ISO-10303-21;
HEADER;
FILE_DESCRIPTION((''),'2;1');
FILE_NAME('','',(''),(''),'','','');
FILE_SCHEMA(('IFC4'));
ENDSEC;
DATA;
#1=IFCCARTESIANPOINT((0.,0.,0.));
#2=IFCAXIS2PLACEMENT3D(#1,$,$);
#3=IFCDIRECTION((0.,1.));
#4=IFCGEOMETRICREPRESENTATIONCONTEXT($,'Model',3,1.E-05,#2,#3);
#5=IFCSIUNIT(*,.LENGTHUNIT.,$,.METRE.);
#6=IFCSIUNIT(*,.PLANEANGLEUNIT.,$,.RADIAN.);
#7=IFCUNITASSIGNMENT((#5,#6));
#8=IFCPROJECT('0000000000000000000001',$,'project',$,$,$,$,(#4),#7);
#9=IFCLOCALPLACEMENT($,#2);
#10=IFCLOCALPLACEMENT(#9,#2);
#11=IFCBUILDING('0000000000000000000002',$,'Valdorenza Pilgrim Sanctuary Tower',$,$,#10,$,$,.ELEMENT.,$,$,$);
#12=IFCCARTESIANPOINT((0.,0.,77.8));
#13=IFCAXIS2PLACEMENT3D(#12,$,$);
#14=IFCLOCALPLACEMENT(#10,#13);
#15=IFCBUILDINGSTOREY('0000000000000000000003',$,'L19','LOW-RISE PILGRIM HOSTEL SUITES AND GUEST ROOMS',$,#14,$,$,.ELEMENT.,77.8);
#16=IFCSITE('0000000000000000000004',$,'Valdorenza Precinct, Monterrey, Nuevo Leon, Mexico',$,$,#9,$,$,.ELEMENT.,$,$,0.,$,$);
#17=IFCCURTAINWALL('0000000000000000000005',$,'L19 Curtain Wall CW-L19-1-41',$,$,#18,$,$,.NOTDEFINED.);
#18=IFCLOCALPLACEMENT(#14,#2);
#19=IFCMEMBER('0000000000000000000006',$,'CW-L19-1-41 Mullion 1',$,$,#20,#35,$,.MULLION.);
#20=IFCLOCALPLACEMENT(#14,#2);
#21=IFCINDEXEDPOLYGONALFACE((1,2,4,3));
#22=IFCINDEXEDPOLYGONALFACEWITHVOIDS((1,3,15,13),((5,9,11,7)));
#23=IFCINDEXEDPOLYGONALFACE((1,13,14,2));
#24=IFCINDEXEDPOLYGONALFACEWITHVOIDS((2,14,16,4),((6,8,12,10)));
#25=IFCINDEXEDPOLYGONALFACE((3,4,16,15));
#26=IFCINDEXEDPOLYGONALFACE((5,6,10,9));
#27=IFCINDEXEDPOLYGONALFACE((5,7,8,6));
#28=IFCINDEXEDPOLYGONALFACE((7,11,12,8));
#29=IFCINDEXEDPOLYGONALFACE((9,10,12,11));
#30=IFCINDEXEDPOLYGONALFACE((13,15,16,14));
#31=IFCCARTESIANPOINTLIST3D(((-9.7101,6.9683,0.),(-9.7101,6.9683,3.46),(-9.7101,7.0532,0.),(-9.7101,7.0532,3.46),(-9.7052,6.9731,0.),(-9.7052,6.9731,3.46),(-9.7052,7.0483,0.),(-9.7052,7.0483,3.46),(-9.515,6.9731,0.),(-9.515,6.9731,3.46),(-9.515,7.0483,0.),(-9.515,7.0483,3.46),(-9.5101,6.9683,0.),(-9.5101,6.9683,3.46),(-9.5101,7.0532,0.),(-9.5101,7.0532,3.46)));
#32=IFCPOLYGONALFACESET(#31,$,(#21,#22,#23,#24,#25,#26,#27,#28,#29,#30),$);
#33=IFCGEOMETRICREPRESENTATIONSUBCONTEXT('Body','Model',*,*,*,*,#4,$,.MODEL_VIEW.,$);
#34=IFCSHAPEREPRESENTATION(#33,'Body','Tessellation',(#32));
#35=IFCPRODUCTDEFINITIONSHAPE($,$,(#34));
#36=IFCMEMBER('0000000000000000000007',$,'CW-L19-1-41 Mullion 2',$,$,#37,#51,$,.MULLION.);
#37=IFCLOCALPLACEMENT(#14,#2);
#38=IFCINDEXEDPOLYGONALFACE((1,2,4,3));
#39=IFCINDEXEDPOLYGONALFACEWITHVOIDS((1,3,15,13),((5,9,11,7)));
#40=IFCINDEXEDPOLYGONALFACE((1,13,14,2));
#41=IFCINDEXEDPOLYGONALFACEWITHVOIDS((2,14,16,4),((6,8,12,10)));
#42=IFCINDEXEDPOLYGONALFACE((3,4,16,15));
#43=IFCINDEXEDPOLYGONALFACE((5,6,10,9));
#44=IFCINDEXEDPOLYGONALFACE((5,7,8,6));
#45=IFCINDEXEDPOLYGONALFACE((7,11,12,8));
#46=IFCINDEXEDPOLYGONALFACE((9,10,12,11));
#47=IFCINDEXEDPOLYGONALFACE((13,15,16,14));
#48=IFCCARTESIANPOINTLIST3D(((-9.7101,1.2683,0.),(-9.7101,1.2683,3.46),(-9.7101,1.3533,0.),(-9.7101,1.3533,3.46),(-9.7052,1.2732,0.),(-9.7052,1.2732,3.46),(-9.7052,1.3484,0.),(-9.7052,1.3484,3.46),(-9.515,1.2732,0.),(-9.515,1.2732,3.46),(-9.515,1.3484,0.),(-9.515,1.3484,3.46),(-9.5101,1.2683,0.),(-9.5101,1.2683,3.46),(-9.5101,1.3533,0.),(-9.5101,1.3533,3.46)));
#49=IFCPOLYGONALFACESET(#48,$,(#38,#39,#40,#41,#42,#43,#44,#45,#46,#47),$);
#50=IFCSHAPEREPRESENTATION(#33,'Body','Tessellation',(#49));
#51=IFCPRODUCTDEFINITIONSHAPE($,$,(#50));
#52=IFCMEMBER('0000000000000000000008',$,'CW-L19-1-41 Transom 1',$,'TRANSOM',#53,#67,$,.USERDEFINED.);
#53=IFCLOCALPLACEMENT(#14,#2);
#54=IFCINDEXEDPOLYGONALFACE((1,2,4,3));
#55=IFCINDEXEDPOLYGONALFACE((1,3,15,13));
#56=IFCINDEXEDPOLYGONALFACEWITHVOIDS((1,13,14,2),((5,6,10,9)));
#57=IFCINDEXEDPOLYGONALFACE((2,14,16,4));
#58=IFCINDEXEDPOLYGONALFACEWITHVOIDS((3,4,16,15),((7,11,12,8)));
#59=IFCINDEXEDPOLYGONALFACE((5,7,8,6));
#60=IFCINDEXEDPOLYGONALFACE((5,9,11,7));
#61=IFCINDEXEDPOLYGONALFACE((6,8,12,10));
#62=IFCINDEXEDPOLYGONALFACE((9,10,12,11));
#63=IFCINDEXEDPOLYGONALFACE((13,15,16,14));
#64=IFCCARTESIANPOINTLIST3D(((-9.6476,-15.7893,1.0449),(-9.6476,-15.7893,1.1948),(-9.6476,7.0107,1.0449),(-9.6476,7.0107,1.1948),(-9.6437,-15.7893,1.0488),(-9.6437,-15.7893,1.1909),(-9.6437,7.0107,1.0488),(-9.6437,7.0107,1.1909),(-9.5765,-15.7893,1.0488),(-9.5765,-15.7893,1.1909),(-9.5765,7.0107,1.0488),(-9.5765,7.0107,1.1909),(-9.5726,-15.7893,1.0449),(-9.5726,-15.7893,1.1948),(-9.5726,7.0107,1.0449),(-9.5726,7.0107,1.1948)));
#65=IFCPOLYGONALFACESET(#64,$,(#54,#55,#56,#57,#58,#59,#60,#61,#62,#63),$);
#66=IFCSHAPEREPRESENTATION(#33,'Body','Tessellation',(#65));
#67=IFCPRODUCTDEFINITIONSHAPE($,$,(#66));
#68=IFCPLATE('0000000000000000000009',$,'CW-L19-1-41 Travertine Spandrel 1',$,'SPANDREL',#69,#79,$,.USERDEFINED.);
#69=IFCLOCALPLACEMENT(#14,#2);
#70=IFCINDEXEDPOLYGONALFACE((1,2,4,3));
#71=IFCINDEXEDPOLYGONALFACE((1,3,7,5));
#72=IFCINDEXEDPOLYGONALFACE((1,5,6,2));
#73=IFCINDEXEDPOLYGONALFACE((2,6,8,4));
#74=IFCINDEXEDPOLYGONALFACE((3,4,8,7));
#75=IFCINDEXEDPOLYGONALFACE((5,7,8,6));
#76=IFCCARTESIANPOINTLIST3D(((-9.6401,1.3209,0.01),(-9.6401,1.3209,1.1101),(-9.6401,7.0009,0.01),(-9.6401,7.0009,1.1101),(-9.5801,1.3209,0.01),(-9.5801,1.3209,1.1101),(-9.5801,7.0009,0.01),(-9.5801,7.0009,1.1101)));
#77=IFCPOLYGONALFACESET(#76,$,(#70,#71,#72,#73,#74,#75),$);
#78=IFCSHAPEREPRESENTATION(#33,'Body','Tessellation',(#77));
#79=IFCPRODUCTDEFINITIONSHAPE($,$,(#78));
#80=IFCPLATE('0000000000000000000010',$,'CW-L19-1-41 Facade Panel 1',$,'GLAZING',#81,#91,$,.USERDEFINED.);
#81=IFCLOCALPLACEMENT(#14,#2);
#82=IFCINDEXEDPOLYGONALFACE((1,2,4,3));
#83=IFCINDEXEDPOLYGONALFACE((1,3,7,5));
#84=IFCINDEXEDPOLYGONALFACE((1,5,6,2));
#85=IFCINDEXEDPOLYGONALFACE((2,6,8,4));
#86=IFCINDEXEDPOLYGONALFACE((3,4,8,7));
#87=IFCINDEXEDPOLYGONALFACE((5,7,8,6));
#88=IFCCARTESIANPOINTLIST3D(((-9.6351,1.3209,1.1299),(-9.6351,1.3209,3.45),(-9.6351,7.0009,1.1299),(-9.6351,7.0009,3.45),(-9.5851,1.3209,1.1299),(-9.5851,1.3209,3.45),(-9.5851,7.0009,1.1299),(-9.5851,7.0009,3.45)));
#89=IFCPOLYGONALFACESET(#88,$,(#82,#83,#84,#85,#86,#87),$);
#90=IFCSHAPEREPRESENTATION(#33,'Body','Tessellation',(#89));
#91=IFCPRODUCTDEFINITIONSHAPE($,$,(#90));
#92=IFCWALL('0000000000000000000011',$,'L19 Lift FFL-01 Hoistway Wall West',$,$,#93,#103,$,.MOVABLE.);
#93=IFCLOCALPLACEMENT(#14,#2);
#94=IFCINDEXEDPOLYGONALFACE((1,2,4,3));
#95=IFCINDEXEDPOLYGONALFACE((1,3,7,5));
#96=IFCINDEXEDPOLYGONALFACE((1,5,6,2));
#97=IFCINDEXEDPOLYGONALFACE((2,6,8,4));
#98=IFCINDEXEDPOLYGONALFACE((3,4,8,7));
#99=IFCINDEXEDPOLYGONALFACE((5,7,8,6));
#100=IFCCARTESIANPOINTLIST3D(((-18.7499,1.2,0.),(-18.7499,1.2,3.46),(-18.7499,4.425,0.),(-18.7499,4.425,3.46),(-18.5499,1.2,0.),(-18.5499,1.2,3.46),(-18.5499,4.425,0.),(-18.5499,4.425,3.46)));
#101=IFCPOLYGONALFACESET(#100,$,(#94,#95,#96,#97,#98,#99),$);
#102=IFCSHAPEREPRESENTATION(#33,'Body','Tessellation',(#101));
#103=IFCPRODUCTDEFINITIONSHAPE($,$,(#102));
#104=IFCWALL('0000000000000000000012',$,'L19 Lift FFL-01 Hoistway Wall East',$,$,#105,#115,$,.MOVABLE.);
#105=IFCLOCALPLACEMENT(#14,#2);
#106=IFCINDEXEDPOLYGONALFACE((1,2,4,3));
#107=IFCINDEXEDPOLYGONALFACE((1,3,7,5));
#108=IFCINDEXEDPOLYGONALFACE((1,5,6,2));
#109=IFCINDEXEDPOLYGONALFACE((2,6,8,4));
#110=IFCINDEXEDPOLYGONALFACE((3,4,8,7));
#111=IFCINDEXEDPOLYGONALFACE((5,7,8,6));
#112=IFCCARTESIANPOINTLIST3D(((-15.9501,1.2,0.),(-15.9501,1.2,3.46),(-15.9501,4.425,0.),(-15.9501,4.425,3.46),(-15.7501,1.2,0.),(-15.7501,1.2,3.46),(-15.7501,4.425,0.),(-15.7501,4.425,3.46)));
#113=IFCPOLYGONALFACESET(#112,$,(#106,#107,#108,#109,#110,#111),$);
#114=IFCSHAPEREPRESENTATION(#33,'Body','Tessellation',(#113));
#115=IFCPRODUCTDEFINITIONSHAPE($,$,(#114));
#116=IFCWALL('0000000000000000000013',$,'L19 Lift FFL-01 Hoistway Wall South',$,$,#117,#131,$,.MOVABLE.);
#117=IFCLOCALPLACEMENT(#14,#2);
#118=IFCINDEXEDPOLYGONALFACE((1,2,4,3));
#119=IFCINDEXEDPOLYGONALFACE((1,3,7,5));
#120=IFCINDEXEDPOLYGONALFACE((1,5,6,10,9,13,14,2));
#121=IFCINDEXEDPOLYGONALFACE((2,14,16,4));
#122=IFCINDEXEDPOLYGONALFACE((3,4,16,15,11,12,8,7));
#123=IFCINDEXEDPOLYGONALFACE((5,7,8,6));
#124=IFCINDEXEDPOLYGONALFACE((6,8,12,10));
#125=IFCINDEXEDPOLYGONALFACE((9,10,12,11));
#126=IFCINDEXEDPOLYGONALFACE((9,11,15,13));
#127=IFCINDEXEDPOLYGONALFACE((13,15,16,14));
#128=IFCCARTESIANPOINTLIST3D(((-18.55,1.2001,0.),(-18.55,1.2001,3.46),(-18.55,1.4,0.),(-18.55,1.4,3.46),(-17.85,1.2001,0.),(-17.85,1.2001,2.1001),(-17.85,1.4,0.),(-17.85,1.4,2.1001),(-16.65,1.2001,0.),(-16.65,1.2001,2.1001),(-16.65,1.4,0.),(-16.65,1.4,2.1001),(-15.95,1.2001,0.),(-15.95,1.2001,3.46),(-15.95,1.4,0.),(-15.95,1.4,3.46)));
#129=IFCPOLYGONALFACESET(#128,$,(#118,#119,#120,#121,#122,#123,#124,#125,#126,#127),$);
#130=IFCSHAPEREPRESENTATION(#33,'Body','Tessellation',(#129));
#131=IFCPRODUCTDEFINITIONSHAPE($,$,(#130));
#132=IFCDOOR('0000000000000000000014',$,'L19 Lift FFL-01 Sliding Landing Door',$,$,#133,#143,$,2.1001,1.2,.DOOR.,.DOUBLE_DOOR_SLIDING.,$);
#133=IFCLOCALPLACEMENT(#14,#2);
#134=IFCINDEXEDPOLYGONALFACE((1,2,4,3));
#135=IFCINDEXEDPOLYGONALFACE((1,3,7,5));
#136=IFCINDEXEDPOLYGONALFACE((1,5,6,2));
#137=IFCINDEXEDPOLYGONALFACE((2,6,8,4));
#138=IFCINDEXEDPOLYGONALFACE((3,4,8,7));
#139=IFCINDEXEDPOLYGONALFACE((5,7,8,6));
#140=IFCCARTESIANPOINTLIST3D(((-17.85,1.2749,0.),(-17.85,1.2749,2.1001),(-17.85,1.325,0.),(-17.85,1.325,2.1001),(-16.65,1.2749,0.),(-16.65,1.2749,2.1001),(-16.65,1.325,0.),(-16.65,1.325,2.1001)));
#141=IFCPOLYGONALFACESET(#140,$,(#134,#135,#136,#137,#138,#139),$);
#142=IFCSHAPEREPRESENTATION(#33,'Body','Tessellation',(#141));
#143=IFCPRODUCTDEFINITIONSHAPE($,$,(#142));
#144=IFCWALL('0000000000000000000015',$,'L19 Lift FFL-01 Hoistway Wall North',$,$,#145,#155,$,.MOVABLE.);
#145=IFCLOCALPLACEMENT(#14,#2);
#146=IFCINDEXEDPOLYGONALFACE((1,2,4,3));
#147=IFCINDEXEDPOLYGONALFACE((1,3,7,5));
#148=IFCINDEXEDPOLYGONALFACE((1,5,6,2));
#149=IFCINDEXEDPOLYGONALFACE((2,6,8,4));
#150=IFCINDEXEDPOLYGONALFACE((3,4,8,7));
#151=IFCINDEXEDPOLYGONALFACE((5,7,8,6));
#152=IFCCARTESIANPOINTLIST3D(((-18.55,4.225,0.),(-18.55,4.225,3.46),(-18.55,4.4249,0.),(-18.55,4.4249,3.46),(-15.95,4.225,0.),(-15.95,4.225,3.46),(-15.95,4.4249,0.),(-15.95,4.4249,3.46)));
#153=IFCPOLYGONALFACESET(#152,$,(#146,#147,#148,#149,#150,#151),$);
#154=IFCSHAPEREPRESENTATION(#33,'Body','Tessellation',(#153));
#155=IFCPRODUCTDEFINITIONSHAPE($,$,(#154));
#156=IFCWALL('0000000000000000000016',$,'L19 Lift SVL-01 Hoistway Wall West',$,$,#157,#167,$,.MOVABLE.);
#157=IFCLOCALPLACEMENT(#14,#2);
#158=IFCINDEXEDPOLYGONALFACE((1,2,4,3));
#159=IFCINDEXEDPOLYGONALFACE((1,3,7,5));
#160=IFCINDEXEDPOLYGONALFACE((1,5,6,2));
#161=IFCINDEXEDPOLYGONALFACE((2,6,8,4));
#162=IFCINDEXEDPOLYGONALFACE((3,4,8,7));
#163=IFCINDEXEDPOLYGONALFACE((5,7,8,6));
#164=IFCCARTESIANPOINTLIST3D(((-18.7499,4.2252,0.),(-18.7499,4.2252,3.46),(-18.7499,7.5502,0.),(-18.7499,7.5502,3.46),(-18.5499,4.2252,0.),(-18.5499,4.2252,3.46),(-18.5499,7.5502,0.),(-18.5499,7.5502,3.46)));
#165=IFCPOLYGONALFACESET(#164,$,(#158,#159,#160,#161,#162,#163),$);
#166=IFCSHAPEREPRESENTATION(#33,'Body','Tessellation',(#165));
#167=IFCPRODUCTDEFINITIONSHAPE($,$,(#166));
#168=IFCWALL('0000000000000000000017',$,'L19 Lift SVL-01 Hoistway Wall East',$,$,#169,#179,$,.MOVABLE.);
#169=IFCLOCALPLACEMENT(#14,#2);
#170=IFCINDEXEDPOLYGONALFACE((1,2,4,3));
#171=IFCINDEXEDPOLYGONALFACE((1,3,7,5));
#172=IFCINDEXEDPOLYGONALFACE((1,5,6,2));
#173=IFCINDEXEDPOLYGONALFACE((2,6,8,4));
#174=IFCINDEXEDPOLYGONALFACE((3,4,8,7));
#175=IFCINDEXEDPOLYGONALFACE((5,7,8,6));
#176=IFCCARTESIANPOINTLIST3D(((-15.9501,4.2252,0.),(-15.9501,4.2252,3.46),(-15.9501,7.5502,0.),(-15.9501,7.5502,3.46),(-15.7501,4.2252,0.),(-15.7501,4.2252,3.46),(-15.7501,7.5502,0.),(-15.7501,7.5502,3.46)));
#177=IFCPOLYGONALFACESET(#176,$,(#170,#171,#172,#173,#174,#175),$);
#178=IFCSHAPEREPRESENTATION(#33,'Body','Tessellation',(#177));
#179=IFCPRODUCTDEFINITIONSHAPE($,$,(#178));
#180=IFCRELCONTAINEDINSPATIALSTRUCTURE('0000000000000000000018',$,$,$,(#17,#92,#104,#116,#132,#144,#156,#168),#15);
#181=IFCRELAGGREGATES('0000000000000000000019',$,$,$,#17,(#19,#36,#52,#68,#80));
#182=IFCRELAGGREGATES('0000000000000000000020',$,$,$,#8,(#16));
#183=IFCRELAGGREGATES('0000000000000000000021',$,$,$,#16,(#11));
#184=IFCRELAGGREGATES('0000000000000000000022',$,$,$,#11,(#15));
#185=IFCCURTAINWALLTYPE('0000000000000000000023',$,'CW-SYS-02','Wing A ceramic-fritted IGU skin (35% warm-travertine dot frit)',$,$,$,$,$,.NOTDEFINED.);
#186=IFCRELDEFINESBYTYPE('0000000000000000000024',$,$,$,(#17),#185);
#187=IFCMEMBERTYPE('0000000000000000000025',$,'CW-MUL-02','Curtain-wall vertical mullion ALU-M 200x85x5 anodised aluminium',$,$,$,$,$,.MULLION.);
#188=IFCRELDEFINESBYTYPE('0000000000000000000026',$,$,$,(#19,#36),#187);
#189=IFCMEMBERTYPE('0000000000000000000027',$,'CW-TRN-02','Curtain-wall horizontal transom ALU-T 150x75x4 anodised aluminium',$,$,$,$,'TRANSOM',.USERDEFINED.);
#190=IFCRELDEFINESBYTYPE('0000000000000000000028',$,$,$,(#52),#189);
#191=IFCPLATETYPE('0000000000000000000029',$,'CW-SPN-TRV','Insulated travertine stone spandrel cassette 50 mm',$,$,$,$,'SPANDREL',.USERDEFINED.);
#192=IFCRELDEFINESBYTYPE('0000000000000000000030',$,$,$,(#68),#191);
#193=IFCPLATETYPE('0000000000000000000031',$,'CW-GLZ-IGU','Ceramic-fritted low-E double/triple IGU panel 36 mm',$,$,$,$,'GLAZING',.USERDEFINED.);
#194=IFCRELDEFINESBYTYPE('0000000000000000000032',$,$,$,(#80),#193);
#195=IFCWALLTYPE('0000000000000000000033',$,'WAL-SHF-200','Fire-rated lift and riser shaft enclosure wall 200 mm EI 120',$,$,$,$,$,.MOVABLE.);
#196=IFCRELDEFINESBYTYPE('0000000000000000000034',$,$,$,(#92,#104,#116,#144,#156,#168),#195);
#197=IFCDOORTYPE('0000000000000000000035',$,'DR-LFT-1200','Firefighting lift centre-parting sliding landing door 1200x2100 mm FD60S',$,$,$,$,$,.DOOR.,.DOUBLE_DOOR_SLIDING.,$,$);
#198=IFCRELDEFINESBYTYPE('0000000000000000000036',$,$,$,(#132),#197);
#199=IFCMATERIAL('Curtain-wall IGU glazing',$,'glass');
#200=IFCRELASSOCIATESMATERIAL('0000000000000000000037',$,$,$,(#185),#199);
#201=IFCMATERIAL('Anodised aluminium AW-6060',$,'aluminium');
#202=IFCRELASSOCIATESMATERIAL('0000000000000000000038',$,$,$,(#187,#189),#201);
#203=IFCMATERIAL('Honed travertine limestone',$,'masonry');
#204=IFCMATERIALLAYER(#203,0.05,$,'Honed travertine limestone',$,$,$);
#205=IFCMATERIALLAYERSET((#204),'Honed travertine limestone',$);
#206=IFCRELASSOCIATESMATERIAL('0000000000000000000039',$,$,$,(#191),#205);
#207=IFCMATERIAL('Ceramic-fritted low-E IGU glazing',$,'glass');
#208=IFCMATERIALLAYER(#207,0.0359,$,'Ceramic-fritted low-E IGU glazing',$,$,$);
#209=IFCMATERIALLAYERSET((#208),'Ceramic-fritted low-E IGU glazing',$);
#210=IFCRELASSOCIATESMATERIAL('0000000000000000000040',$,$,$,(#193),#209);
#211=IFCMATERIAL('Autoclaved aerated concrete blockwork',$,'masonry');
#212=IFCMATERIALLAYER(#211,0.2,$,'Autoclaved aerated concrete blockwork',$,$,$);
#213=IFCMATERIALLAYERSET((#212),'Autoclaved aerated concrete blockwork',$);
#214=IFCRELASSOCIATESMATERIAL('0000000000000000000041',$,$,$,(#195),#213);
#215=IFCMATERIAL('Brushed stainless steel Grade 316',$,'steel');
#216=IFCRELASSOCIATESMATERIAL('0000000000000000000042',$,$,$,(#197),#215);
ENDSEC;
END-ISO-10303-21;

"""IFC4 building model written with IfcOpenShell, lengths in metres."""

from ifc_helpers import new_model, si_unit, direction, frame, frame_2d, origin, origin_2d, place, context, subcontext, project, spatial, rectangle, hollow_rectangle, extrude, source, transform, mapped, material, layer, layer_set, material_profile, profile_set, type_object, element, fill, aggregate, save


model = new_model("IFC4")

# Units and contexts
model_context = context("Model", 3, precision=1e-05, world=origin(), true_north=direction((0.0, 1.0)))
body_context = subcontext(model_context, "Body", "Model", "MODEL_VIEW")
ifc_project = project(units=[si_unit("LENGTHUNIT", "METRE"), si_unit("PLANEANGLEUNIT", "RADIAN")], contexts=[model_context])

# Site, building, storey
site_placement = place(None, origin())
site = spatial("IfcSite", under=ifc_project, at=site_placement, Name="Valdorenza Precinct, Monterrey, Nuevo Leon, Mexico", CompositionType="ELEMENT", RefElevation=0.0)
building_placement = place(site_placement, origin())
building = spatial("IfcBuilding", under=site, at=building_placement, Name="Valdorenza Pilgrim Sanctuary Tower", CompositionType="ELEMENT")
storey_placement = place(building_placement, frame((0.0, 0.0, 77.8)))
storey = spatial("IfcBuildingStorey", under=building, at=storey_placement, Name="L19", Description="LOW-RISE PILGRIM HOSTEL SUITES AND GUEST ROOMS", CompositionType="ELEMENT", Elevation=77.8)

# Curtain wall, members, plates
ifc_material_1 = material(Name="Curtain-wall IGU glazing", Category="glass")
curtain_wall_type = type_object("IfcCurtainWallType", Name="CW-SYS-02", Description="Wing A ceramic-fritted IGU skin (35% warm-travertine dot frit)", PredefinedType="NOTDEFINED", material=ifc_material_1)
curtain_wall_placement = place(storey_placement, origin())
curtain_wall = element("IfcCurtainWall", 1, at=curtain_wall_placement, inside=storey, type_object=curtain_wall_type, Name="L19 Curtain Wall CW-L19-1-41", PredefinedType="NOTDEFINED")
ifc_material_2 = material(Name="Anodised aluminium AW-6060", Category="aluminium")
ifc_material_profile_1 = material_profile(ifc_material_2, hollow_rectangle(XDim=0.085, YDim=0.2, WallThickness=0.0049, at=origin_2d()), Name="ALU-M 200x85x5")
ifc_profile_set_1 = profile_set([ifc_material_profile_1], Name="Anodised aluminium AW-6060")
member_type_1 = type_object("IfcMemberType", Name="CW-MUL-02", Description="Curtain-wall vertical mullion ALU-M 200x85x5 anodised aluminium", PredefinedType="MULLION", material=ifc_profile_set_1)
shared_shape_1 = source(origin(), body_context, "Body", "SweptSolid", [
    extrude(hollow_rectangle(XDim=0.085, YDim=0.2, WallThickness=0.0049, at=origin_2d()), origin(), (0.0, 0.0, 1.0), 3.46),
])
member_1_placement = place(storey_placement, frame((-9.6101, 7.0107, 0.0), z_axis=(0.0, 0.0, 1.0), x_axis=(0.0, -1.0, 0.0)))
member_1 = element("IfcMember", 2, at=member_1_placement, type_object=member_type_1, Name="CW-L19-1-41 Mullion 1", PredefinedType="MULLION", context=body_context, shape_type="MappedRepresentation", body=[
    mapped(shared_shape_1, transform((0.0, 0.0, 0.0), x_axis=(1.0, 0.0, 0.0), y_axis=(0.0, 1.0, 0.0), z_axis=(0.0, 0.0, 1.0), scale=1.0)),
])
member_2_placement = place(storey_placement, frame((-9.6101, 1.3108, 0.0), z_axis=(0.0, 0.0, 1.0), x_axis=(0.0, -1.0, 0.0)))
member_2 = element("IfcMember", 3, at=member_2_placement, type_object=member_type_1, Name="CW-L19-1-41 Mullion 2", PredefinedType="MULLION", context=body_context, shape_type="MappedRepresentation", body=[
    mapped(shared_shape_1, transform((0.0, 0.0, 0.0), x_axis=(1.0, 0.0, 0.0), y_axis=(0.0, 1.0, 0.0), z_axis=(0.0, 0.0, 1.0), scale=1.0)),
])
ifc_material_profile_2 = material_profile(ifc_material_2, hollow_rectangle(XDim=0.075, YDim=0.1499, WallThickness=0.0039, at=origin_2d()), Name="ALU-T 150x75x4")
ifc_profile_set_2 = profile_set([ifc_material_profile_2], Name="Anodised aluminium AW-6060")
member_type_2 = type_object("IfcMemberType", Name="CW-TRN-02", Description="Curtain-wall horizontal transom ALU-T 150x75x4 anodised aluminium", ElementType="TRANSOM", PredefinedType="USERDEFINED", material=ifc_profile_set_2)
shared_shape_2 = source(origin(), body_context, "Body", "SweptSolid", [
    extrude(hollow_rectangle(XDim=0.075, YDim=0.1499, WallThickness=0.0039, at=origin_2d()), origin(), (0.0, 0.0, 1.0), 22.8),
])
member_3_placement = place(storey_placement, frame((-9.6101, 7.0107, 1.1199), z_axis=(0.0, -1.0, 0.0), x_axis=(1.0, 0.0, 0.0)))
member_3 = element("IfcMember", 4, at=member_3_placement, type_object=member_type_2, Name="CW-L19-1-41 Transom 1", ObjectType="TRANSOM", PredefinedType="USERDEFINED", context=body_context, shape_type="MappedRepresentation", body=[
    mapped(shared_shape_2, transform((0.0, 0.0, 0.0), x_axis=(1.0, 0.0, 0.0), y_axis=(0.0, 1.0, 0.0), z_axis=(0.0, 0.0, 1.0), scale=1.0)),
])
ifc_material_3 = material(Name="Honed travertine limestone", Category="masonry")
ifc_layer_1 = layer(ifc_material_3, 0.05, Name="Honed travertine limestone")
ifc_layer_set_1 = layer_set([ifc_layer_1], Name="Honed travertine limestone")
plate_type_1 = type_object("IfcPlateType", Name="CW-SPN-TRV", Description="Insulated travertine stone spandrel cassette 50 mm", ElementType="SPANDREL", PredefinedType="USERDEFINED", material=ifc_layer_set_1)
shared_shape_3 = source(origin(), body_context, "Body", "SweptSolid", [
    extrude(rectangle(XDim=5.6799, YDim=0.0601, at=origin_2d()), origin(), (0.0, 0.0, 1.0), 1.1001),
])
plate_1_placement = place(storey_placement, frame((-9.6101, 4.1609, 0.01), z_axis=(0.0, 0.0, 1.0), x_axis=(0.0, -1.0, 0.0)))
plate_1 = element("IfcPlate", 5, at=plate_1_placement, type_object=plate_type_1, Name="CW-L19-1-41 Travertine Spandrel 1", ObjectType="SPANDREL", PredefinedType="USERDEFINED", context=body_context, shape_type="MappedRepresentation", body=[
    mapped(shared_shape_3, transform((0.0, 0.0, 0.0), x_axis=(1.0, 0.0, 0.0), y_axis=(0.0, 1.0, 0.0), z_axis=(0.0, 0.0, 1.0), scale=1.0)),
])
ifc_material_4 = material(Name="Ceramic-fritted low-E IGU glazing", Category="glass")
ifc_layer_2 = layer(ifc_material_4, 0.0359, Name="Ceramic-fritted low-E IGU glazing")
ifc_layer_set_2 = layer_set([ifc_layer_2], Name="Ceramic-fritted low-E IGU glazing")
plate_type_2 = type_object("IfcPlateType", Name="CW-GLZ-IGU", Description="Ceramic-fritted low-E double/triple IGU panel 36 mm", ElementType="GLAZING", PredefinedType="USERDEFINED", material=ifc_layer_set_2)
shared_shape_4 = source(origin(), body_context, "Body", "SweptSolid", [
    extrude(rectangle(XDim=5.6799, YDim=0.05, at=origin_2d()), origin(), (0.0, 0.0, 1.0), 2.3201),
])
plate_2_placement = place(storey_placement, frame((-9.6101, 4.1609, 1.1299), z_axis=(0.0, 0.0, 1.0), x_axis=(0.0, -1.0, 0.0)))
plate_2 = element("IfcPlate", 6, at=plate_2_placement, type_object=plate_type_2, Name="CW-L19-1-41 Facade Panel 1", ObjectType="GLAZING", PredefinedType="USERDEFINED", context=body_context, shape_type="MappedRepresentation", body=[
    mapped(shared_shape_4, transform((0.0, 0.0, 0.0), x_axis=(1.0, 0.0, 0.0), y_axis=(0.0, 1.0, 0.0), z_axis=(0.0, 0.0, 1.0), scale=1.0)),
])
aggregate(curtain_wall, [member_1, member_2, member_3, plate_1, plate_2])

# Walls
ifc_material_5 = material(Name="Autoclaved aerated concrete blockwork", Category="masonry")
ifc_layer_3 = layer(ifc_material_5, 0.2, Name="Autoclaved aerated concrete blockwork")
ifc_layer_set_3 = layer_set([ifc_layer_3], Name="Autoclaved aerated concrete blockwork")
wall_type_1 = type_object("IfcWallType", Name="WAL-SHF-200", Description="Fire-rated lift and riser shaft enclosure wall 200 mm EI 120", PredefinedType="MOVABLE", material=ifc_layer_set_3)
for number, where, z_axis, x_axis, name in (
    (7, (-18.6499, 1.2, 0.0), (0.0, 0.0, 1.0), (0.0, 1.0, 0.0), "L19 Lift FFL-01 Hoistway Wall West"),
    (8, (-15.8501, 1.2, 0.0), (0.0, 0.0, 1.0), (0.0, 1.0, 0.0), "L19 Lift FFL-01 Hoistway Wall East"),
):
    element("IfcWall", number, at=place(storey_placement, frame(where, z_axis=z_axis, x_axis=x_axis)), inside=storey, type_object=wall_type_1, Name=name, PredefinedType="MOVABLE", context=body_context, shape_type="SweptSolid", body=[
        extrude(rectangle(XDim=3.2251, YDim=0.2, at=frame_2d((1.6125, 0.0))), origin(), (0.0, 0.0, 1.0), 3.46),
    ])

# Wall, opening, door
wall_1_placement = place(storey_placement, frame((-18.55, 1.3, 0.0), z_axis=(0.0, 0.0, 1.0), x_axis=(1.0, 0.0, 0.0)))
wall_1 = element("IfcWall", 9, at=wall_1_placement, inside=storey, type_object=wall_type_1, Name="L19 Lift FFL-01 Hoistway Wall South", PredefinedType="MOVABLE", context=body_context, shape_type="SweptSolid", body=[
    extrude(rectangle(XDim=2.6001, YDim=0.2, at=frame_2d((1.3, 0.0))), origin(), (0.0, 0.0, 1.0), 3.46),
])
opening_1_placement = place(wall_1_placement, frame((0.7, 0.0, 0.0)))
opening_1 = element("IfcOpeningElement", 10, at=opening_1_placement, cuts=wall_1, PredefinedType="OPENING", context=body_context, shape_type="SweptSolid", body=[
    extrude(rectangle(XDim=1.2, YDim=2.1001, at=frame_2d((0.6001, 1.05))), frame((0.0, 0.1147, 0.0), z_axis=(0.0, -1.0, 0.0), x_axis=(1.0, 0.0, 0.0)), (0.0, 0.0, 1.0), 0.2297),
])
ifc_material_6 = material(Name="Brushed stainless steel Grade 316", Category="steel")
door_type_1 = type_object("IfcDoorType", Name="DR-LFT-1200", Description="Firefighting lift centre-parting sliding landing door 1200x2100 mm FD60S", OperationType="DOUBLE_DOOR_SLIDING", PredefinedType="DOOR", material=ifc_material_6)
door_1_placement = place(opening_1_placement, origin())
door_1 = element("IfcDoor", 11, at=door_1_placement, inside=storey, type_object=door_type_1, Name="L19 Lift FFL-01 Sliding Landing Door", OperationType="DOUBLE_DOOR_SLIDING", OverallHeight=2.1001, OverallWidth=1.2, PredefinedType="DOOR", context=body_context, shape_type="SweptSolid", body=[
    extrude(rectangle(XDim=1.2, YDim=2.1001, at=frame_2d((0.6001, 1.05))), frame((0.0, 0.0249, 0.0), z_axis=(0.0, -1.0, 0.0), x_axis=(1.0, 0.0, 0.0)), (0.0, 0.0, 1.0), 0.05),
])
fill(opening_1, door_1)

# Walls
wall_2_placement = place(storey_placement, frame((-18.55, 4.325, 0.0), z_axis=(0.0, 0.0, 1.0), x_axis=(1.0, 0.0, 0.0)))
element("IfcWall", 12, at=wall_2_placement, inside=storey, type_object=wall_type_1, Name="L19 Lift FFL-01 Hoistway Wall North", PredefinedType="MOVABLE", context=body_context, shape_type="SweptSolid", body=[
    extrude(rectangle(XDim=2.6001, YDim=0.2, at=frame_2d((1.3, 0.0))), origin(), (0.0, 0.0, 1.0), 3.46),
])
for number, where, z_axis, x_axis, name in (
    (13, (-18.6499, 4.2251, 0.0), (0.0, 0.0, 1.0), (0.0, 1.0, 0.0), "L19 Lift SVL-01 Hoistway Wall West"),
    (14, (-15.8501, 4.2251, 0.0), (0.0, 0.0, 1.0), (0.0, 1.0, 0.0), "L19 Lift SVL-01 Hoistway Wall East"),
):
    element("IfcWall", number, at=place(storey_placement, frame(where, z_axis=z_axis, x_axis=x_axis)), inside=storey, type_object=wall_type_1, Name=name, PredefinedType="MOVABLE", context=body_context, shape_type="SweptSolid", body=[
        extrude(rectangle(XDim=3.325, YDim=0.2, at=frame_2d((1.6626, 0.0))), origin(), (0.0, 0.0, 1.0), 3.46),
    ])

save(model, "model.ifc")
